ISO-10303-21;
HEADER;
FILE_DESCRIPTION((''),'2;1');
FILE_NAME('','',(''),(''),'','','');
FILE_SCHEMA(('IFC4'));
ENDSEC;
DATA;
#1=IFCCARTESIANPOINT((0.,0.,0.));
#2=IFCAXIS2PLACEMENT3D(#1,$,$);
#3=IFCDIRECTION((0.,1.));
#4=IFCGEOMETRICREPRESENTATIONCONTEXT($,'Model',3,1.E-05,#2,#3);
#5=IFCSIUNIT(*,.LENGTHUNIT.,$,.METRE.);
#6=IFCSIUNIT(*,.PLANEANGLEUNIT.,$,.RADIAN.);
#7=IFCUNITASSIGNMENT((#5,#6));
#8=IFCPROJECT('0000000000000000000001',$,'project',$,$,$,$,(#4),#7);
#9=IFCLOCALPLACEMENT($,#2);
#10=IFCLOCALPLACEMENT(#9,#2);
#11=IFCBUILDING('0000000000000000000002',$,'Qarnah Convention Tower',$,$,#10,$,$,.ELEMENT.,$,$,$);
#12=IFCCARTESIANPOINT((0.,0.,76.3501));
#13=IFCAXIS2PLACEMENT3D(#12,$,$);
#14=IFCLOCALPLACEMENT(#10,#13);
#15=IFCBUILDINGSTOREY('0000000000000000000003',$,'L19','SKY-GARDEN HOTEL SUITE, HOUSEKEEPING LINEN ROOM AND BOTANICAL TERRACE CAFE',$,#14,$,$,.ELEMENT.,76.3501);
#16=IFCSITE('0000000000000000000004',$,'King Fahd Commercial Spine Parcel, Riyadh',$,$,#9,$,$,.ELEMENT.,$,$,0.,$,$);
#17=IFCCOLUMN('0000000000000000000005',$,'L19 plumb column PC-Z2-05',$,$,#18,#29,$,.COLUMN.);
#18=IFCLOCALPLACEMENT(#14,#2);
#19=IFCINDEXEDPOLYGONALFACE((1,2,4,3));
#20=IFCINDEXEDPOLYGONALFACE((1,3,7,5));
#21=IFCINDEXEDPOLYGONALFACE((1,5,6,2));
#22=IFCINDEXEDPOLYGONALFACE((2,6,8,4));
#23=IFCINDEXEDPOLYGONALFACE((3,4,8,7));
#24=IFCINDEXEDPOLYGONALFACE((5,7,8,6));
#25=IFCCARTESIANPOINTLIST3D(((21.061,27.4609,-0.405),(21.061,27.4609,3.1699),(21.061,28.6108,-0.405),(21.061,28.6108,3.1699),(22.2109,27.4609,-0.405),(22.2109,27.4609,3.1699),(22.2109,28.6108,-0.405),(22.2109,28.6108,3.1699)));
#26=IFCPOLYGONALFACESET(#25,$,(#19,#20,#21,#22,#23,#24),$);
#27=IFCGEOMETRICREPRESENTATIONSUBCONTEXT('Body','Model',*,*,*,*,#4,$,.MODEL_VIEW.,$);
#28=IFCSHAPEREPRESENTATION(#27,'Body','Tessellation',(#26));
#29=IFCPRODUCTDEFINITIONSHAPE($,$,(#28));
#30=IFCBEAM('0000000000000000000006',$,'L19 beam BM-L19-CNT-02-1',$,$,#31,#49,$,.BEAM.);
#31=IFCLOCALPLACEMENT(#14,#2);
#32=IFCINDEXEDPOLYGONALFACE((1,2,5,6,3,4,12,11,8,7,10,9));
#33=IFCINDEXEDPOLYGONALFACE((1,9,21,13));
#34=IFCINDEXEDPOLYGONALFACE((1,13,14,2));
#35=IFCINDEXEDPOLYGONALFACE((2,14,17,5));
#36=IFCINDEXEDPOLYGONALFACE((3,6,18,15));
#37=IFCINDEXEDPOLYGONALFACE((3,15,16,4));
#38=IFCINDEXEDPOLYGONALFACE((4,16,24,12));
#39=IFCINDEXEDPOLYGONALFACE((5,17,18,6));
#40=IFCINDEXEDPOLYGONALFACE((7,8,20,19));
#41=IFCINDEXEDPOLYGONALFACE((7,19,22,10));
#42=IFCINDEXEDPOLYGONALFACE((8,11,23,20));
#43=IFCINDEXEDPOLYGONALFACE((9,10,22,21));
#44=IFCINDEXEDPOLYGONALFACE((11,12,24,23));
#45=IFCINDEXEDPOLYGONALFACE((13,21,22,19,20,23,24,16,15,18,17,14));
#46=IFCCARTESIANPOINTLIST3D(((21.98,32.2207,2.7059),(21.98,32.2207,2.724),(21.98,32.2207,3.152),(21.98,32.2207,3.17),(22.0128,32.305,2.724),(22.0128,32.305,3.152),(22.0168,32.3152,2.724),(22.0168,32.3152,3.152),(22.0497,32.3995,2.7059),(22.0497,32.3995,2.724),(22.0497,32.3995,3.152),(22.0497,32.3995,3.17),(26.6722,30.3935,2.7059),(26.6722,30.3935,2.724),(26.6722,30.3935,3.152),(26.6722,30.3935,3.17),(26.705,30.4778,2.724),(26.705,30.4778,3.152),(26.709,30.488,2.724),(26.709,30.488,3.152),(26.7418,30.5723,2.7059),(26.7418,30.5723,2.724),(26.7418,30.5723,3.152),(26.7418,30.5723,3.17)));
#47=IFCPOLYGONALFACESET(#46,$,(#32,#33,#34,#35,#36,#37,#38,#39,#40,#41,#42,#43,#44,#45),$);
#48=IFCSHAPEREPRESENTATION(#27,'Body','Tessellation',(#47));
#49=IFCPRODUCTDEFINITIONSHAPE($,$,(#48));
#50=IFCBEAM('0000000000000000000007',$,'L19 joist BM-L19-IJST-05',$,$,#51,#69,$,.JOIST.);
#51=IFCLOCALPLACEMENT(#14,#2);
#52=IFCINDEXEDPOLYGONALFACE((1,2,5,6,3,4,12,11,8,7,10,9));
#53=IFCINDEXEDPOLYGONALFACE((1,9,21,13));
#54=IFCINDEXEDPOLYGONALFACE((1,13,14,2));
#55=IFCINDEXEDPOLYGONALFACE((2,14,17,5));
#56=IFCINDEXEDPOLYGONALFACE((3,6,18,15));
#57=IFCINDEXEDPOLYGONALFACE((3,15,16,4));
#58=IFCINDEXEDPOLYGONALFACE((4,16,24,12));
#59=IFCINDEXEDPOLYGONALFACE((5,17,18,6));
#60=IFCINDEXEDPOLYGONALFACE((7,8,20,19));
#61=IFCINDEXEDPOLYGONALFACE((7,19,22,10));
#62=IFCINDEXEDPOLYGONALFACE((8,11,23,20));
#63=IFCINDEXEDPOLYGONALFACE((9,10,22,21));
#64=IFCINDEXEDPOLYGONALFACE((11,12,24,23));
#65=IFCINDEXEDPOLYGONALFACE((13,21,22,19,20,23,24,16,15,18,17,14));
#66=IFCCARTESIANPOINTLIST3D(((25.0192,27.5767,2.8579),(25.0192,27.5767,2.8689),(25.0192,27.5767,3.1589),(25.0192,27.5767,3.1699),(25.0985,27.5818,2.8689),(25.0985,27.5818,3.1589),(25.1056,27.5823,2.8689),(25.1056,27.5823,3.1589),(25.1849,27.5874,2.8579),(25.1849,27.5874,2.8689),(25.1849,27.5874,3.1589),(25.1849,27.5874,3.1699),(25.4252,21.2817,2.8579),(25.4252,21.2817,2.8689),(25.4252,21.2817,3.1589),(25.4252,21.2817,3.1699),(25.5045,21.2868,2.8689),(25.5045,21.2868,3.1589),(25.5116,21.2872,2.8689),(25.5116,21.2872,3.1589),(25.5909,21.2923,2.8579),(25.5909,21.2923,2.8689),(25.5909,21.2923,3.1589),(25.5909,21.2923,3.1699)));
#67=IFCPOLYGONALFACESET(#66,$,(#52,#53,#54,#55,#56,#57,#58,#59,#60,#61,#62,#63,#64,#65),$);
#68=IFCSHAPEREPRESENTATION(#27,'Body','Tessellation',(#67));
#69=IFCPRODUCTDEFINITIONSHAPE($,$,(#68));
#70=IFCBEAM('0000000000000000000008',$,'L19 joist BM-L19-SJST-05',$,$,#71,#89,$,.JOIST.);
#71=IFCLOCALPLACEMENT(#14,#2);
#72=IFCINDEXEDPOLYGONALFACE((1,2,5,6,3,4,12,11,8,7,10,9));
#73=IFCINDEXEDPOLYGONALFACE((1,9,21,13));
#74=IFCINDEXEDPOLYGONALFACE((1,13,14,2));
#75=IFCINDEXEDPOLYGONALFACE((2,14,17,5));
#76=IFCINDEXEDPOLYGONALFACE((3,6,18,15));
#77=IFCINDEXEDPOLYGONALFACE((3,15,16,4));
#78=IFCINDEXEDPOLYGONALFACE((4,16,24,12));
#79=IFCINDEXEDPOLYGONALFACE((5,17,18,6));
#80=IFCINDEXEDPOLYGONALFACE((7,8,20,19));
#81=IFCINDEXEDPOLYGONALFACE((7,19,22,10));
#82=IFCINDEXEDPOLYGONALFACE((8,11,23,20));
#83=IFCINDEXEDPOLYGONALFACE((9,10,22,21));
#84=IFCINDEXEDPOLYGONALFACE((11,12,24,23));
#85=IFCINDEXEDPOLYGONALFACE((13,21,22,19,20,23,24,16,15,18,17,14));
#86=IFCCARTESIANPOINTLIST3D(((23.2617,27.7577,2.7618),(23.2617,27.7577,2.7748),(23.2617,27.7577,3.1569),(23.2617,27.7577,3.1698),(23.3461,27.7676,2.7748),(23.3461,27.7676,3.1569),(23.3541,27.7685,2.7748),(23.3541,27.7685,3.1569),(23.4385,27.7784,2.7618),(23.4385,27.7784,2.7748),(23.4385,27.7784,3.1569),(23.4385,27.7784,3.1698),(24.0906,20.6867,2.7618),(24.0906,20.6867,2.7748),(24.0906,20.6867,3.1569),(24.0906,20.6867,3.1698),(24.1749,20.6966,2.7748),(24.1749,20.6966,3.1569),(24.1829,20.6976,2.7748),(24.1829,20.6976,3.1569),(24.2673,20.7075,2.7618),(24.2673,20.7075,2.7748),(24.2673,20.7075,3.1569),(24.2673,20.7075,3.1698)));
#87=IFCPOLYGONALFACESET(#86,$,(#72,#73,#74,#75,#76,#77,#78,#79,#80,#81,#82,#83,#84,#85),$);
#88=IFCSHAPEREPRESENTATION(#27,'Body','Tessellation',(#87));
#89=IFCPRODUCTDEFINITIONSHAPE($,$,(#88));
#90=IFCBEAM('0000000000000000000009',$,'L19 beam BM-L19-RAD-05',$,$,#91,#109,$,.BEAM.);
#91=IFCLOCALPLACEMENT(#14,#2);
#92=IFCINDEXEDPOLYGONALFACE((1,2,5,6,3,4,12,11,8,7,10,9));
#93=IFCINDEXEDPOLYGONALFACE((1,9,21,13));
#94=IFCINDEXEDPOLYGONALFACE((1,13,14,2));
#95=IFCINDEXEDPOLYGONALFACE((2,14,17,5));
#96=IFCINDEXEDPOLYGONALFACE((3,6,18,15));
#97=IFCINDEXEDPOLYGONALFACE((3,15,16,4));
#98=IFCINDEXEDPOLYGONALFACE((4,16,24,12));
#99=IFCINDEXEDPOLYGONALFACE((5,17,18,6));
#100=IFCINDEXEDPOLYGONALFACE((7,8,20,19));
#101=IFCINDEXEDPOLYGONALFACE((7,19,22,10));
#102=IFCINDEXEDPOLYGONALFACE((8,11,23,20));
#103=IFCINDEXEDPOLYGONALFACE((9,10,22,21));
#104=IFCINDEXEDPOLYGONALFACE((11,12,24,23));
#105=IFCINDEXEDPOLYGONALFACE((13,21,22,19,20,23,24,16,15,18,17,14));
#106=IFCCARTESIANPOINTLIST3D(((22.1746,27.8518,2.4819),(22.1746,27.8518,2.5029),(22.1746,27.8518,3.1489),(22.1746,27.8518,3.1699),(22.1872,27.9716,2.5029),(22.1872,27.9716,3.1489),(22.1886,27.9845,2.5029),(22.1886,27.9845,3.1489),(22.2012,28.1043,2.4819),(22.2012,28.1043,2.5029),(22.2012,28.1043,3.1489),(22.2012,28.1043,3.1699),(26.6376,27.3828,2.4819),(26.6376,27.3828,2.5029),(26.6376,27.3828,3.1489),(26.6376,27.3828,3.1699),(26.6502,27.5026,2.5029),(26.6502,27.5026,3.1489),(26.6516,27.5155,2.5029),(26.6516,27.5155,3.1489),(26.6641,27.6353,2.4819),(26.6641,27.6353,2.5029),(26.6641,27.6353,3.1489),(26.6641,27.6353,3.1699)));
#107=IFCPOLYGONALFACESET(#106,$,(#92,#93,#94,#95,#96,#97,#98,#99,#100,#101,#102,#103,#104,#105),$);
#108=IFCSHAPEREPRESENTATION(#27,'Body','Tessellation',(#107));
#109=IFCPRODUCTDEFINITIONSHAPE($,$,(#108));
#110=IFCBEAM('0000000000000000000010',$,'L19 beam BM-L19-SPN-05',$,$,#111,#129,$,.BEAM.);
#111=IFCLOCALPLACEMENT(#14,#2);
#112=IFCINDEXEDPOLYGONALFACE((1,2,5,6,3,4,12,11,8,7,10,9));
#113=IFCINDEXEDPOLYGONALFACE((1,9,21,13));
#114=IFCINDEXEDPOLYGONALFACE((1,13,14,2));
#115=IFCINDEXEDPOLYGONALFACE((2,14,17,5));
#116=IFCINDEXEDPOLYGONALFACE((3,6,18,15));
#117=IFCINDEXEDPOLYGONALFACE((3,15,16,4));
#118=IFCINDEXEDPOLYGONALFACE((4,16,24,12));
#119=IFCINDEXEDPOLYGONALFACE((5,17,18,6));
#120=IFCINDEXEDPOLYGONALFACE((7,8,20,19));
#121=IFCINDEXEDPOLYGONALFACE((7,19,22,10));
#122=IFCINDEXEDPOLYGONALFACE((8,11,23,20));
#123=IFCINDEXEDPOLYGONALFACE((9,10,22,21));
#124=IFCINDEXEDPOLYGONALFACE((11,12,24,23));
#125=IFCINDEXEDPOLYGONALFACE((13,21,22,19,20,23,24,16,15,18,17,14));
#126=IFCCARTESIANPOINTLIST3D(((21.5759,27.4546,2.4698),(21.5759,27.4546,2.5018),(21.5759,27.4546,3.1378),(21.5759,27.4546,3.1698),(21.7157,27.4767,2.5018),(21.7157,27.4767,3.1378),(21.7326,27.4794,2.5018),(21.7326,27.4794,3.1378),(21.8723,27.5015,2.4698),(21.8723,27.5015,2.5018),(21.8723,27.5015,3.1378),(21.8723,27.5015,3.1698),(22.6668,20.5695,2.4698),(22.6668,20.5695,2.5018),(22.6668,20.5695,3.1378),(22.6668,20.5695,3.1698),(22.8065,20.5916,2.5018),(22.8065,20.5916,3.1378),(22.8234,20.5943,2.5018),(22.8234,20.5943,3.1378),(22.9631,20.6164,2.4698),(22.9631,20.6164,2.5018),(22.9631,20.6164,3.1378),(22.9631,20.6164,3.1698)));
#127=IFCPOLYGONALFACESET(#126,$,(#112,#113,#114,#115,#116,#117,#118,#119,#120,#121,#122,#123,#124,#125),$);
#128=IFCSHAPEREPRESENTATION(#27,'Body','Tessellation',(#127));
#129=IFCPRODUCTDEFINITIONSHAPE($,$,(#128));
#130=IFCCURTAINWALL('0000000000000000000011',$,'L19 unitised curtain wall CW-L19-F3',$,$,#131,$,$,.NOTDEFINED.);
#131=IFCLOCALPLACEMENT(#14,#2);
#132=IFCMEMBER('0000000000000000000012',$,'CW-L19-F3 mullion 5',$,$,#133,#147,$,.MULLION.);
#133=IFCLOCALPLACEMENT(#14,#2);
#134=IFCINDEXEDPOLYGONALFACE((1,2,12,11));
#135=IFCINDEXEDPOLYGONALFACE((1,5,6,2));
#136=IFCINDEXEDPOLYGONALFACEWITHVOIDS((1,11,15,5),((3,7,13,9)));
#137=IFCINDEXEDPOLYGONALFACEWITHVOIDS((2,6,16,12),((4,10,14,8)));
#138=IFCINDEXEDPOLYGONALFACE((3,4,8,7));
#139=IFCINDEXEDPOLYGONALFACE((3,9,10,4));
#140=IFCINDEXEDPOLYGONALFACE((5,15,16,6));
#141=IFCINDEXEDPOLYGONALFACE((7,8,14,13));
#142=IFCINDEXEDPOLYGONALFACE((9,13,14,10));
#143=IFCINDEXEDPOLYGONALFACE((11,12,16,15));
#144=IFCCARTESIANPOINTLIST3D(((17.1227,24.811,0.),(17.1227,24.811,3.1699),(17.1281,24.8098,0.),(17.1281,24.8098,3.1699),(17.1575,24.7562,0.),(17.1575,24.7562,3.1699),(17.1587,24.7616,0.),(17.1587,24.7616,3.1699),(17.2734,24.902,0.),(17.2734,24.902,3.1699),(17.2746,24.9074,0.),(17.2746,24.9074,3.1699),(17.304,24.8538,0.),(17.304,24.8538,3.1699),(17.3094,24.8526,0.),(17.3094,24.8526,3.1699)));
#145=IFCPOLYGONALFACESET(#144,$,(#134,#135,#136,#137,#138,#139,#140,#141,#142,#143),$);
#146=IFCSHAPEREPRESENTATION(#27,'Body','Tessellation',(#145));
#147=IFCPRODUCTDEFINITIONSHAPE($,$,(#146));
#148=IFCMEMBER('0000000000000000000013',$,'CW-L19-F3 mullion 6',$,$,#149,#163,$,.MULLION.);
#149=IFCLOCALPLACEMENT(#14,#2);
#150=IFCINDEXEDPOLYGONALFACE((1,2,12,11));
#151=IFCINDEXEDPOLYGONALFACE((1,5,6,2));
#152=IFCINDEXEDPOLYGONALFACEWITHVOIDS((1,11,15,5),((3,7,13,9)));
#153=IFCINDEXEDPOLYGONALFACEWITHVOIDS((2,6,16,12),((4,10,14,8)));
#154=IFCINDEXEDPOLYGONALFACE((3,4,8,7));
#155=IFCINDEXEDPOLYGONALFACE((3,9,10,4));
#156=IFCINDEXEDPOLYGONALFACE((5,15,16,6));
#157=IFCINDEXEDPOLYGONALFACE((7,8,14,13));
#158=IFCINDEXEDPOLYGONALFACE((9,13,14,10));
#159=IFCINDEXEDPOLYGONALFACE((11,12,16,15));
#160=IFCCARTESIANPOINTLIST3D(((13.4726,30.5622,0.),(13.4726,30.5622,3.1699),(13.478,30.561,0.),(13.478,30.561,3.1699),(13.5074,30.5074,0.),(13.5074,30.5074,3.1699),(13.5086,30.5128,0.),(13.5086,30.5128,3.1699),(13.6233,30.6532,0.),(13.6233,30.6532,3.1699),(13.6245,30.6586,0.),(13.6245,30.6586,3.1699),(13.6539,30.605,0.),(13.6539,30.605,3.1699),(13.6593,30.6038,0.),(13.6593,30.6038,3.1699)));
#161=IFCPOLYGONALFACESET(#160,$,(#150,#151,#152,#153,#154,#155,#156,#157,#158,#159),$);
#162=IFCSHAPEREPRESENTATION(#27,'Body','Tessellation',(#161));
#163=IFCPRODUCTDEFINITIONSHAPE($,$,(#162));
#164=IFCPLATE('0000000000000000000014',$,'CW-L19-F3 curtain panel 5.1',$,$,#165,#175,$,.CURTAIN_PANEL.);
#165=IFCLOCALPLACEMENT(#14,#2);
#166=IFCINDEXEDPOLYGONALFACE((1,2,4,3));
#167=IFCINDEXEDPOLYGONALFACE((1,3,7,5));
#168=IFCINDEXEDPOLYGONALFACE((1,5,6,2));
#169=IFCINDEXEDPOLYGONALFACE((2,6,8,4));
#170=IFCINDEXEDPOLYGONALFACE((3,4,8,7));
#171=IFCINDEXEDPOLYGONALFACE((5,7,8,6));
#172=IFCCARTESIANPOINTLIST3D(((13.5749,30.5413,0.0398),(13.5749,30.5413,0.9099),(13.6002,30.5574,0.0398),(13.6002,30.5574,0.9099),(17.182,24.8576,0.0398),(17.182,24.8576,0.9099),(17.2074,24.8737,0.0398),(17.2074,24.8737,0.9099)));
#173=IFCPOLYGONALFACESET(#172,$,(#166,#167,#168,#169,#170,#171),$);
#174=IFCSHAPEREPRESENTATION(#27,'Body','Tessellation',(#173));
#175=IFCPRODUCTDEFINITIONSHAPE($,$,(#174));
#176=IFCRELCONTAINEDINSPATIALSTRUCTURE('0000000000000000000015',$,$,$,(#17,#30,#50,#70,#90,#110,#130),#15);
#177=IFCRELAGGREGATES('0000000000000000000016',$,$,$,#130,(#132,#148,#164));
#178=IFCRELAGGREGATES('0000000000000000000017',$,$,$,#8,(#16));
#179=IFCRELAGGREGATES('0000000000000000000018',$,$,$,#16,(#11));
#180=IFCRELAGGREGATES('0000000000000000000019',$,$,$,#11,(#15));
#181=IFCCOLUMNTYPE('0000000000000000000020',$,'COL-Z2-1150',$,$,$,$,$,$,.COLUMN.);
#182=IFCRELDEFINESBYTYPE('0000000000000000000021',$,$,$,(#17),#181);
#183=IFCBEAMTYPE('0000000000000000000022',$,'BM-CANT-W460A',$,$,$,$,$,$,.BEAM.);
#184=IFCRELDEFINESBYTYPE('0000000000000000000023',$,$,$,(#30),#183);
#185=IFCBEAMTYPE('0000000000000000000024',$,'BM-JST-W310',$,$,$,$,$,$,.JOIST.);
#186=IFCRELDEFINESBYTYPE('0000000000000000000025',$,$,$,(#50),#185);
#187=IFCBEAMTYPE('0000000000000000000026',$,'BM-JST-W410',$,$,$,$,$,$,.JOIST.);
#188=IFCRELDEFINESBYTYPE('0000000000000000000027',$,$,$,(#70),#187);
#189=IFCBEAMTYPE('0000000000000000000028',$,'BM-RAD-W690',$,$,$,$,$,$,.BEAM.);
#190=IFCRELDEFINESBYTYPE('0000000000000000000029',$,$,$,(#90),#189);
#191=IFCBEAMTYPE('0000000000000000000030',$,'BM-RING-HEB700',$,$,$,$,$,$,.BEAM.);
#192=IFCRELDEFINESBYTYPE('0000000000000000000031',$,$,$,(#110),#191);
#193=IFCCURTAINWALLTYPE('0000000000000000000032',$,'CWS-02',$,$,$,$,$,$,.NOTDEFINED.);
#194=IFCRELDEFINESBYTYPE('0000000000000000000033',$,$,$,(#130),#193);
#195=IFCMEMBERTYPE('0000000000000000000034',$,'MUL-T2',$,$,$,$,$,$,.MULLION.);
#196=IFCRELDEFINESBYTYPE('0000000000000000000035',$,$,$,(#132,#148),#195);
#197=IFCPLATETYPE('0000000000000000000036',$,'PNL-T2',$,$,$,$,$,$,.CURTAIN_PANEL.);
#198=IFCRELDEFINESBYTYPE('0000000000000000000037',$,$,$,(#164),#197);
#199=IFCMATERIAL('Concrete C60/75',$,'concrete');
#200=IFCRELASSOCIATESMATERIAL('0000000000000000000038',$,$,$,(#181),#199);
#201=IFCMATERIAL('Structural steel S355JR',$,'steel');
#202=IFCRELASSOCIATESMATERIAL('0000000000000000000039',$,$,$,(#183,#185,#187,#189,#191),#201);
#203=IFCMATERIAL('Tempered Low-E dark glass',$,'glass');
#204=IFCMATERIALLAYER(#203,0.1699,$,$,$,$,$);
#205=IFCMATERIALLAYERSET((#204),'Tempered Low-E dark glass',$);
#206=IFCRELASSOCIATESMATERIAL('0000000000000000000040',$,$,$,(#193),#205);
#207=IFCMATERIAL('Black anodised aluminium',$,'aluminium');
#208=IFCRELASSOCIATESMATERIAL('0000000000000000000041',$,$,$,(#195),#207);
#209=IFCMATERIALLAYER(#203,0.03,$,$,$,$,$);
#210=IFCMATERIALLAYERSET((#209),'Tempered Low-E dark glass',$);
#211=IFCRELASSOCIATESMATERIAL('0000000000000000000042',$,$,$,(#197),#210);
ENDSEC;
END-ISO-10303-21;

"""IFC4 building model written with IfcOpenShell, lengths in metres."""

from ifc_helpers import new_model, si_unit, direction, frame, origin, origin_2d, place, context, subcontext, project, spatial, rectangle, hollow_rectangle, i_section, extrude, material, layer, layer_set, material_profile, profile_set, type_object, element, aggregate, save


model = new_model("IFC4")

# Units and contexts
model_context = context("Model", 3, precision=1e-05, world=origin(), true_north=direction((0.0, 1.0)))
body_context = subcontext(model_context, "Body", "Model", "MODEL_VIEW")
ifc_project = project(units=[si_unit("LENGTHUNIT", "METRE"), si_unit("PLANEANGLEUNIT", "RADIAN")], contexts=[model_context])

# Site, building, storey
site_placement = place(None, origin())
site = spatial("IfcSite", under=ifc_project, at=site_placement, Name="King Fahd Commercial Spine Parcel, Riyadh", CompositionType="ELEMENT", RefElevation=0.0)
building_placement = place(site_placement, origin())
building = spatial("IfcBuilding", under=site, at=building_placement, Name="Qarnah Convention Tower", CompositionType="ELEMENT")
storey_placement = place(building_placement, frame((0.0, 0.0, 76.3501)))
storey = spatial("IfcBuildingStorey", under=building, at=storey_placement, Name="L19", Description="SKY-GARDEN HOTEL SUITE, HOUSEKEEPING LINEN ROOM AND BOTANICAL TERRACE CAFE", CompositionType="ELEMENT", Elevation=76.3501)

# Column
ifc_material_1 = material(Name="Concrete C60/75", Category="concrete")
ifc_material_profile_1 = material_profile(ifc_material_1, rectangle(XDim=1.1499, YDim=1.1499, at=origin_2d()), Name="RC-COL-1150X1150")
ifc_profile_set_1 = profile_set([ifc_material_profile_1], Name="Concrete C60/75")
column_type = type_object("IfcColumnType", Name="COL-Z2-1150", PredefinedType="COLUMN", material=ifc_profile_set_1)
column_placement = place(storey_placement, frame((21.636, 28.0359, -0.405), z_axis=(0.0, 0.0, 1.0), x_axis=(1.0, 0.0, 0.0)))
element("IfcColumn", 1, at=column_placement, inside=storey, type_object=column_type, Name="L19 plumb column PC-Z2-05", PredefinedType="COLUMN", context=body_context, shape_type="SweptSolid", body=[
    extrude(rectangle(XDim=1.1499, YDim=1.1499, at=origin_2d()), origin(), (0.0, 0.0, 1.0), 3.575),
])

# Beams
ifc_material_2 = material(Name="Structural steel S355JR", Category="steel")
ifc_material_profile_2 = material_profile(ifc_material_2, i_section(OverallWidth=0.1919, OverallDepth=0.4641, WebThickness=0.011, FlangeThickness=0.0181, at=origin_2d()), Name="W460X89")
ifc_profile_set_2 = profile_set([ifc_material_profile_2], Name="Structural steel S355JR")
beam_type_1 = type_object("IfcBeamType", Name="BM-CANT-W460A", PredefinedType="BEAM", material=ifc_profile_set_2)
beam_1_placement = place(storey_placement, frame((26.707, 30.4829, 2.938), z_axis=(-0.931842, 0.362865, 0.0), x_axis=(-0.362865, -0.931842, 0.0)))
element("IfcBeam", 2, at=beam_1_placement, inside=storey, type_object=beam_type_1, Name="L19 beam BM-L19-CNT-02-1", PredefinedType="BEAM", context=body_context, shape_type="SweptSolid", body=[
    extrude(i_section(OverallWidth=0.1919, OverallDepth=0.4641, WebThickness=0.011, FlangeThickness=0.0181, at=origin_2d()), origin(), (0.0, 0.0, 1.0), 5.0354),
])
ifc_material_profile_3 = material_profile(ifc_material_2, i_section(OverallWidth=0.166, OverallDepth=0.312, WebThickness=0.0071, FlangeThickness=0.011, at=origin_2d()), Name="W310X45")
ifc_profile_set_3 = profile_set([ifc_material_profile_3], Name="Structural steel S355JR")
beam_type_2 = type_object("IfcBeamType", Name="BM-JST-W310", PredefinedType="JOIST", material=ifc_profile_set_3)
beam_2_placement = place(storey_placement, frame((25.1021, 27.582, 3.0139), z_axis=(0.064364, -0.997927, 0.0), x_axis=(0.997927, 0.064364, 0.0)))
element("IfcBeam", 3, at=beam_2_placement, inside=storey, type_object=beam_type_2, Name="L19 joist BM-L19-IJST-05", PredefinedType="JOIST", context=body_context, shape_type="SweptSolid", body=[
    extrude(i_section(OverallWidth=0.166, OverallDepth=0.312, WebThickness=0.0071, FlangeThickness=0.011, at=origin_2d()), origin(), (0.0, 0.0, 1.0), 6.3081),
])
ifc_material_profile_4 = material_profile(ifc_material_2, i_section(OverallWidth=0.178, OverallDepth=0.408, WebThickness=0.0081, FlangeThickness=0.0129, at=origin_2d()), Name="W410X60")
ifc_profile_set_4 = profile_set([ifc_material_profile_4], Name="Structural steel S355JR")
beam_type_3 = type_object("IfcBeamType", Name="BM-JST-W410", PredefinedType="JOIST", material=ifc_profile_set_4)
beam_3_placement = place(storey_placement, frame((23.3501, 27.7681, 2.9658), z_axis=(0.116421, -0.9932, 0.0), x_axis=(0.9932, 0.116421, 0.0)))
element("IfcBeam", 4, at=beam_3_placement, inside=storey, type_object=beam_type_3, Name="L19 joist BM-L19-SJST-05", PredefinedType="JOIST", context=body_context, shape_type="SweptSolid", body=[
    extrude(i_section(OverallWidth=0.178, OverallDepth=0.408, WebThickness=0.0081, FlangeThickness=0.0129, at=origin_2d()), origin(), (0.0, 0.0, 1.0), 7.1194),
])
ifc_material_profile_5 = material_profile(ifc_material_2, i_section(OverallWidth=0.2539, OverallDepth=0.688, WebThickness=0.0129, FlangeThickness=0.021, at=origin_2d()), Name="W690X152")
ifc_profile_set_5 = profile_set([ifc_material_profile_5], Name="Structural steel S355JR")
beam_type_4 = type_object("IfcBeamType", Name="BM-RAD-W690", PredefinedType="BEAM", material=ifc_profile_set_5)
beam_4_placement = place(storey_placement, frame((26.6509, 27.509, 2.8259), z_axis=(-0.994524, 0.104512, 0.0), x_axis=(-0.104512, -0.994524, 0.0)))
element("IfcBeam", 5, at=beam_4_placement, inside=storey, type_object=beam_type_4, Name="L19 beam BM-L19-RAD-05", PredefinedType="BEAM", context=body_context, shape_type="SweptSolid", body=[
    extrude(i_section(OverallWidth=0.2539, OverallDepth=0.688, WebThickness=0.0129, FlangeThickness=0.021, at=origin_2d()), origin(), (0.0, 0.0, 1.0), 4.4875),
])
ifc_material_profile_6 = material_profile(ifc_material_2, i_section(OverallWidth=0.3, OverallDepth=0.7, WebThickness=0.0171, FlangeThickness=0.032, at=origin_2d()), Name="HEB700")
ifc_profile_set_6 = profile_set([ifc_material_profile_6], Name="Structural steel S355JR")
beam_type_5 = type_object("IfcBeamType", Name="BM-RING-HEB700", PredefinedType="BEAM", material=ifc_profile_set_6)
beam_5_placement = place(storey_placement, frame((21.7241, 27.478, 2.8198), z_axis=(0.156482, -0.987681, 0.0), x_axis=(0.987681, 0.156482, 0.0)))
element("IfcBeam", 6, at=beam_5_placement, inside=storey, type_object=beam_type_5, Name="L19 beam BM-L19-SPN-05", PredefinedType="BEAM", context=body_context, shape_type="SweptSolid", body=[
    extrude(i_section(OverallWidth=0.3, OverallDepth=0.7, WebThickness=0.0171, FlangeThickness=0.032, at=origin_2d()), origin(), (0.0, 0.0, 1.0), 6.9709),
])

# Curtain wall, members, plate
ifc_material_3 = material(Name="Tempered Low-E dark glass", Category="glass")
ifc_layer_1 = layer(ifc_material_3, 0.1699)
ifc_layer_set_1 = layer_set([ifc_layer_1], Name="Tempered Low-E dark glass")
curtain_wall_type = type_object("IfcCurtainWallType", Name="CWS-02", PredefinedType="NOTDEFINED", material=ifc_layer_set_1)
curtain_wall_placement = place(storey_placement, origin())
curtain_wall = element("IfcCurtainWall", 7, at=curtain_wall_placement, inside=storey, type_object=curtain_wall_type, Name="L19 unitised curtain wall CW-L19-F3", PredefinedType="NOTDEFINED")
ifc_material_4 = material(Name="Black anodised aluminium", Category="aluminium")
ifc_material_profile_7 = material_profile(ifc_material_4, hollow_rectangle(XDim=0.0649, YDim=0.1799, WallThickness=0.0039, at=origin_2d()), Name="MUL-65X180")
ifc_profile_set_7 = profile_set([ifc_material_profile_7], Name="Black anodised aluminium")
member_type = type_object("IfcMemberType", Name="MUL-T2", PredefinedType="MULLION", material=ifc_profile_set_7)
member_1_placement = place(storey_placement, frame((17.2161, 24.8318, 0.0), z_axis=(0.0, 0.0, 1.0), x_axis=(-0.535845, 0.844316, 0.0)))
member_1 = element("IfcMember", 8, at=member_1_placement, type_object=member_type, Name="CW-L19-F3 mullion 5", PredefinedType="MULLION", context=body_context, shape_type="SweptSolid", body=[
    extrude(hollow_rectangle(XDim=0.0649, YDim=0.1799, WallThickness=0.0039, at=origin_2d()), origin(), (0.0, 0.0, 1.0), 3.1699),
])
member_2_placement = place(storey_placement, frame((13.5659, 30.583, 0.0), z_axis=(0.0, 0.0, 1.0), x_axis=(-0.535845, 0.844316, 0.0)))
member_2 = element("IfcMember", 9, at=member_2_placement, type_object=member_type, Name="CW-L19-F3 mullion 6", PredefinedType="MULLION", context=body_context, shape_type="SweptSolid", body=[
    extrude(hollow_rectangle(XDim=0.0649, YDim=0.1799, WallThickness=0.0039, at=origin_2d()), origin(), (0.0, 0.0, 1.0), 3.1699),
])
ifc_layer_2 = layer(ifc_material_3, 0.03)
ifc_layer_set_2 = layer_set([ifc_layer_2], Name="Tempered Low-E dark glass")
plate_type = type_object("IfcPlateType", Name="PNL-T2", PredefinedType="CURTAIN_PANEL", material=ifc_layer_set_2)
plate_1_placement = place(storey_placement, frame((15.3911, 27.7075, 0.0398), z_axis=(0.0, 0.0, 1.0), x_axis=(-0.535845, 0.844316, 0.0)))
plate_1 = element("IfcPlate", 10, at=plate_1_placement, type_object=plate_type, Name="CW-L19-F3 curtain panel 5.1", PredefinedType="CURTAIN_PANEL", context=body_context, shape_type="SweptSolid", body=[
    extrude(rectangle(XDim=6.7317, YDim=0.03, at=origin_2d()), origin(), (0.0, 0.0, 1.0), 0.8701),
])
aggregate(curtain_wall, [member_1, member_2, plate_1])

save(model, "model.ifc")
